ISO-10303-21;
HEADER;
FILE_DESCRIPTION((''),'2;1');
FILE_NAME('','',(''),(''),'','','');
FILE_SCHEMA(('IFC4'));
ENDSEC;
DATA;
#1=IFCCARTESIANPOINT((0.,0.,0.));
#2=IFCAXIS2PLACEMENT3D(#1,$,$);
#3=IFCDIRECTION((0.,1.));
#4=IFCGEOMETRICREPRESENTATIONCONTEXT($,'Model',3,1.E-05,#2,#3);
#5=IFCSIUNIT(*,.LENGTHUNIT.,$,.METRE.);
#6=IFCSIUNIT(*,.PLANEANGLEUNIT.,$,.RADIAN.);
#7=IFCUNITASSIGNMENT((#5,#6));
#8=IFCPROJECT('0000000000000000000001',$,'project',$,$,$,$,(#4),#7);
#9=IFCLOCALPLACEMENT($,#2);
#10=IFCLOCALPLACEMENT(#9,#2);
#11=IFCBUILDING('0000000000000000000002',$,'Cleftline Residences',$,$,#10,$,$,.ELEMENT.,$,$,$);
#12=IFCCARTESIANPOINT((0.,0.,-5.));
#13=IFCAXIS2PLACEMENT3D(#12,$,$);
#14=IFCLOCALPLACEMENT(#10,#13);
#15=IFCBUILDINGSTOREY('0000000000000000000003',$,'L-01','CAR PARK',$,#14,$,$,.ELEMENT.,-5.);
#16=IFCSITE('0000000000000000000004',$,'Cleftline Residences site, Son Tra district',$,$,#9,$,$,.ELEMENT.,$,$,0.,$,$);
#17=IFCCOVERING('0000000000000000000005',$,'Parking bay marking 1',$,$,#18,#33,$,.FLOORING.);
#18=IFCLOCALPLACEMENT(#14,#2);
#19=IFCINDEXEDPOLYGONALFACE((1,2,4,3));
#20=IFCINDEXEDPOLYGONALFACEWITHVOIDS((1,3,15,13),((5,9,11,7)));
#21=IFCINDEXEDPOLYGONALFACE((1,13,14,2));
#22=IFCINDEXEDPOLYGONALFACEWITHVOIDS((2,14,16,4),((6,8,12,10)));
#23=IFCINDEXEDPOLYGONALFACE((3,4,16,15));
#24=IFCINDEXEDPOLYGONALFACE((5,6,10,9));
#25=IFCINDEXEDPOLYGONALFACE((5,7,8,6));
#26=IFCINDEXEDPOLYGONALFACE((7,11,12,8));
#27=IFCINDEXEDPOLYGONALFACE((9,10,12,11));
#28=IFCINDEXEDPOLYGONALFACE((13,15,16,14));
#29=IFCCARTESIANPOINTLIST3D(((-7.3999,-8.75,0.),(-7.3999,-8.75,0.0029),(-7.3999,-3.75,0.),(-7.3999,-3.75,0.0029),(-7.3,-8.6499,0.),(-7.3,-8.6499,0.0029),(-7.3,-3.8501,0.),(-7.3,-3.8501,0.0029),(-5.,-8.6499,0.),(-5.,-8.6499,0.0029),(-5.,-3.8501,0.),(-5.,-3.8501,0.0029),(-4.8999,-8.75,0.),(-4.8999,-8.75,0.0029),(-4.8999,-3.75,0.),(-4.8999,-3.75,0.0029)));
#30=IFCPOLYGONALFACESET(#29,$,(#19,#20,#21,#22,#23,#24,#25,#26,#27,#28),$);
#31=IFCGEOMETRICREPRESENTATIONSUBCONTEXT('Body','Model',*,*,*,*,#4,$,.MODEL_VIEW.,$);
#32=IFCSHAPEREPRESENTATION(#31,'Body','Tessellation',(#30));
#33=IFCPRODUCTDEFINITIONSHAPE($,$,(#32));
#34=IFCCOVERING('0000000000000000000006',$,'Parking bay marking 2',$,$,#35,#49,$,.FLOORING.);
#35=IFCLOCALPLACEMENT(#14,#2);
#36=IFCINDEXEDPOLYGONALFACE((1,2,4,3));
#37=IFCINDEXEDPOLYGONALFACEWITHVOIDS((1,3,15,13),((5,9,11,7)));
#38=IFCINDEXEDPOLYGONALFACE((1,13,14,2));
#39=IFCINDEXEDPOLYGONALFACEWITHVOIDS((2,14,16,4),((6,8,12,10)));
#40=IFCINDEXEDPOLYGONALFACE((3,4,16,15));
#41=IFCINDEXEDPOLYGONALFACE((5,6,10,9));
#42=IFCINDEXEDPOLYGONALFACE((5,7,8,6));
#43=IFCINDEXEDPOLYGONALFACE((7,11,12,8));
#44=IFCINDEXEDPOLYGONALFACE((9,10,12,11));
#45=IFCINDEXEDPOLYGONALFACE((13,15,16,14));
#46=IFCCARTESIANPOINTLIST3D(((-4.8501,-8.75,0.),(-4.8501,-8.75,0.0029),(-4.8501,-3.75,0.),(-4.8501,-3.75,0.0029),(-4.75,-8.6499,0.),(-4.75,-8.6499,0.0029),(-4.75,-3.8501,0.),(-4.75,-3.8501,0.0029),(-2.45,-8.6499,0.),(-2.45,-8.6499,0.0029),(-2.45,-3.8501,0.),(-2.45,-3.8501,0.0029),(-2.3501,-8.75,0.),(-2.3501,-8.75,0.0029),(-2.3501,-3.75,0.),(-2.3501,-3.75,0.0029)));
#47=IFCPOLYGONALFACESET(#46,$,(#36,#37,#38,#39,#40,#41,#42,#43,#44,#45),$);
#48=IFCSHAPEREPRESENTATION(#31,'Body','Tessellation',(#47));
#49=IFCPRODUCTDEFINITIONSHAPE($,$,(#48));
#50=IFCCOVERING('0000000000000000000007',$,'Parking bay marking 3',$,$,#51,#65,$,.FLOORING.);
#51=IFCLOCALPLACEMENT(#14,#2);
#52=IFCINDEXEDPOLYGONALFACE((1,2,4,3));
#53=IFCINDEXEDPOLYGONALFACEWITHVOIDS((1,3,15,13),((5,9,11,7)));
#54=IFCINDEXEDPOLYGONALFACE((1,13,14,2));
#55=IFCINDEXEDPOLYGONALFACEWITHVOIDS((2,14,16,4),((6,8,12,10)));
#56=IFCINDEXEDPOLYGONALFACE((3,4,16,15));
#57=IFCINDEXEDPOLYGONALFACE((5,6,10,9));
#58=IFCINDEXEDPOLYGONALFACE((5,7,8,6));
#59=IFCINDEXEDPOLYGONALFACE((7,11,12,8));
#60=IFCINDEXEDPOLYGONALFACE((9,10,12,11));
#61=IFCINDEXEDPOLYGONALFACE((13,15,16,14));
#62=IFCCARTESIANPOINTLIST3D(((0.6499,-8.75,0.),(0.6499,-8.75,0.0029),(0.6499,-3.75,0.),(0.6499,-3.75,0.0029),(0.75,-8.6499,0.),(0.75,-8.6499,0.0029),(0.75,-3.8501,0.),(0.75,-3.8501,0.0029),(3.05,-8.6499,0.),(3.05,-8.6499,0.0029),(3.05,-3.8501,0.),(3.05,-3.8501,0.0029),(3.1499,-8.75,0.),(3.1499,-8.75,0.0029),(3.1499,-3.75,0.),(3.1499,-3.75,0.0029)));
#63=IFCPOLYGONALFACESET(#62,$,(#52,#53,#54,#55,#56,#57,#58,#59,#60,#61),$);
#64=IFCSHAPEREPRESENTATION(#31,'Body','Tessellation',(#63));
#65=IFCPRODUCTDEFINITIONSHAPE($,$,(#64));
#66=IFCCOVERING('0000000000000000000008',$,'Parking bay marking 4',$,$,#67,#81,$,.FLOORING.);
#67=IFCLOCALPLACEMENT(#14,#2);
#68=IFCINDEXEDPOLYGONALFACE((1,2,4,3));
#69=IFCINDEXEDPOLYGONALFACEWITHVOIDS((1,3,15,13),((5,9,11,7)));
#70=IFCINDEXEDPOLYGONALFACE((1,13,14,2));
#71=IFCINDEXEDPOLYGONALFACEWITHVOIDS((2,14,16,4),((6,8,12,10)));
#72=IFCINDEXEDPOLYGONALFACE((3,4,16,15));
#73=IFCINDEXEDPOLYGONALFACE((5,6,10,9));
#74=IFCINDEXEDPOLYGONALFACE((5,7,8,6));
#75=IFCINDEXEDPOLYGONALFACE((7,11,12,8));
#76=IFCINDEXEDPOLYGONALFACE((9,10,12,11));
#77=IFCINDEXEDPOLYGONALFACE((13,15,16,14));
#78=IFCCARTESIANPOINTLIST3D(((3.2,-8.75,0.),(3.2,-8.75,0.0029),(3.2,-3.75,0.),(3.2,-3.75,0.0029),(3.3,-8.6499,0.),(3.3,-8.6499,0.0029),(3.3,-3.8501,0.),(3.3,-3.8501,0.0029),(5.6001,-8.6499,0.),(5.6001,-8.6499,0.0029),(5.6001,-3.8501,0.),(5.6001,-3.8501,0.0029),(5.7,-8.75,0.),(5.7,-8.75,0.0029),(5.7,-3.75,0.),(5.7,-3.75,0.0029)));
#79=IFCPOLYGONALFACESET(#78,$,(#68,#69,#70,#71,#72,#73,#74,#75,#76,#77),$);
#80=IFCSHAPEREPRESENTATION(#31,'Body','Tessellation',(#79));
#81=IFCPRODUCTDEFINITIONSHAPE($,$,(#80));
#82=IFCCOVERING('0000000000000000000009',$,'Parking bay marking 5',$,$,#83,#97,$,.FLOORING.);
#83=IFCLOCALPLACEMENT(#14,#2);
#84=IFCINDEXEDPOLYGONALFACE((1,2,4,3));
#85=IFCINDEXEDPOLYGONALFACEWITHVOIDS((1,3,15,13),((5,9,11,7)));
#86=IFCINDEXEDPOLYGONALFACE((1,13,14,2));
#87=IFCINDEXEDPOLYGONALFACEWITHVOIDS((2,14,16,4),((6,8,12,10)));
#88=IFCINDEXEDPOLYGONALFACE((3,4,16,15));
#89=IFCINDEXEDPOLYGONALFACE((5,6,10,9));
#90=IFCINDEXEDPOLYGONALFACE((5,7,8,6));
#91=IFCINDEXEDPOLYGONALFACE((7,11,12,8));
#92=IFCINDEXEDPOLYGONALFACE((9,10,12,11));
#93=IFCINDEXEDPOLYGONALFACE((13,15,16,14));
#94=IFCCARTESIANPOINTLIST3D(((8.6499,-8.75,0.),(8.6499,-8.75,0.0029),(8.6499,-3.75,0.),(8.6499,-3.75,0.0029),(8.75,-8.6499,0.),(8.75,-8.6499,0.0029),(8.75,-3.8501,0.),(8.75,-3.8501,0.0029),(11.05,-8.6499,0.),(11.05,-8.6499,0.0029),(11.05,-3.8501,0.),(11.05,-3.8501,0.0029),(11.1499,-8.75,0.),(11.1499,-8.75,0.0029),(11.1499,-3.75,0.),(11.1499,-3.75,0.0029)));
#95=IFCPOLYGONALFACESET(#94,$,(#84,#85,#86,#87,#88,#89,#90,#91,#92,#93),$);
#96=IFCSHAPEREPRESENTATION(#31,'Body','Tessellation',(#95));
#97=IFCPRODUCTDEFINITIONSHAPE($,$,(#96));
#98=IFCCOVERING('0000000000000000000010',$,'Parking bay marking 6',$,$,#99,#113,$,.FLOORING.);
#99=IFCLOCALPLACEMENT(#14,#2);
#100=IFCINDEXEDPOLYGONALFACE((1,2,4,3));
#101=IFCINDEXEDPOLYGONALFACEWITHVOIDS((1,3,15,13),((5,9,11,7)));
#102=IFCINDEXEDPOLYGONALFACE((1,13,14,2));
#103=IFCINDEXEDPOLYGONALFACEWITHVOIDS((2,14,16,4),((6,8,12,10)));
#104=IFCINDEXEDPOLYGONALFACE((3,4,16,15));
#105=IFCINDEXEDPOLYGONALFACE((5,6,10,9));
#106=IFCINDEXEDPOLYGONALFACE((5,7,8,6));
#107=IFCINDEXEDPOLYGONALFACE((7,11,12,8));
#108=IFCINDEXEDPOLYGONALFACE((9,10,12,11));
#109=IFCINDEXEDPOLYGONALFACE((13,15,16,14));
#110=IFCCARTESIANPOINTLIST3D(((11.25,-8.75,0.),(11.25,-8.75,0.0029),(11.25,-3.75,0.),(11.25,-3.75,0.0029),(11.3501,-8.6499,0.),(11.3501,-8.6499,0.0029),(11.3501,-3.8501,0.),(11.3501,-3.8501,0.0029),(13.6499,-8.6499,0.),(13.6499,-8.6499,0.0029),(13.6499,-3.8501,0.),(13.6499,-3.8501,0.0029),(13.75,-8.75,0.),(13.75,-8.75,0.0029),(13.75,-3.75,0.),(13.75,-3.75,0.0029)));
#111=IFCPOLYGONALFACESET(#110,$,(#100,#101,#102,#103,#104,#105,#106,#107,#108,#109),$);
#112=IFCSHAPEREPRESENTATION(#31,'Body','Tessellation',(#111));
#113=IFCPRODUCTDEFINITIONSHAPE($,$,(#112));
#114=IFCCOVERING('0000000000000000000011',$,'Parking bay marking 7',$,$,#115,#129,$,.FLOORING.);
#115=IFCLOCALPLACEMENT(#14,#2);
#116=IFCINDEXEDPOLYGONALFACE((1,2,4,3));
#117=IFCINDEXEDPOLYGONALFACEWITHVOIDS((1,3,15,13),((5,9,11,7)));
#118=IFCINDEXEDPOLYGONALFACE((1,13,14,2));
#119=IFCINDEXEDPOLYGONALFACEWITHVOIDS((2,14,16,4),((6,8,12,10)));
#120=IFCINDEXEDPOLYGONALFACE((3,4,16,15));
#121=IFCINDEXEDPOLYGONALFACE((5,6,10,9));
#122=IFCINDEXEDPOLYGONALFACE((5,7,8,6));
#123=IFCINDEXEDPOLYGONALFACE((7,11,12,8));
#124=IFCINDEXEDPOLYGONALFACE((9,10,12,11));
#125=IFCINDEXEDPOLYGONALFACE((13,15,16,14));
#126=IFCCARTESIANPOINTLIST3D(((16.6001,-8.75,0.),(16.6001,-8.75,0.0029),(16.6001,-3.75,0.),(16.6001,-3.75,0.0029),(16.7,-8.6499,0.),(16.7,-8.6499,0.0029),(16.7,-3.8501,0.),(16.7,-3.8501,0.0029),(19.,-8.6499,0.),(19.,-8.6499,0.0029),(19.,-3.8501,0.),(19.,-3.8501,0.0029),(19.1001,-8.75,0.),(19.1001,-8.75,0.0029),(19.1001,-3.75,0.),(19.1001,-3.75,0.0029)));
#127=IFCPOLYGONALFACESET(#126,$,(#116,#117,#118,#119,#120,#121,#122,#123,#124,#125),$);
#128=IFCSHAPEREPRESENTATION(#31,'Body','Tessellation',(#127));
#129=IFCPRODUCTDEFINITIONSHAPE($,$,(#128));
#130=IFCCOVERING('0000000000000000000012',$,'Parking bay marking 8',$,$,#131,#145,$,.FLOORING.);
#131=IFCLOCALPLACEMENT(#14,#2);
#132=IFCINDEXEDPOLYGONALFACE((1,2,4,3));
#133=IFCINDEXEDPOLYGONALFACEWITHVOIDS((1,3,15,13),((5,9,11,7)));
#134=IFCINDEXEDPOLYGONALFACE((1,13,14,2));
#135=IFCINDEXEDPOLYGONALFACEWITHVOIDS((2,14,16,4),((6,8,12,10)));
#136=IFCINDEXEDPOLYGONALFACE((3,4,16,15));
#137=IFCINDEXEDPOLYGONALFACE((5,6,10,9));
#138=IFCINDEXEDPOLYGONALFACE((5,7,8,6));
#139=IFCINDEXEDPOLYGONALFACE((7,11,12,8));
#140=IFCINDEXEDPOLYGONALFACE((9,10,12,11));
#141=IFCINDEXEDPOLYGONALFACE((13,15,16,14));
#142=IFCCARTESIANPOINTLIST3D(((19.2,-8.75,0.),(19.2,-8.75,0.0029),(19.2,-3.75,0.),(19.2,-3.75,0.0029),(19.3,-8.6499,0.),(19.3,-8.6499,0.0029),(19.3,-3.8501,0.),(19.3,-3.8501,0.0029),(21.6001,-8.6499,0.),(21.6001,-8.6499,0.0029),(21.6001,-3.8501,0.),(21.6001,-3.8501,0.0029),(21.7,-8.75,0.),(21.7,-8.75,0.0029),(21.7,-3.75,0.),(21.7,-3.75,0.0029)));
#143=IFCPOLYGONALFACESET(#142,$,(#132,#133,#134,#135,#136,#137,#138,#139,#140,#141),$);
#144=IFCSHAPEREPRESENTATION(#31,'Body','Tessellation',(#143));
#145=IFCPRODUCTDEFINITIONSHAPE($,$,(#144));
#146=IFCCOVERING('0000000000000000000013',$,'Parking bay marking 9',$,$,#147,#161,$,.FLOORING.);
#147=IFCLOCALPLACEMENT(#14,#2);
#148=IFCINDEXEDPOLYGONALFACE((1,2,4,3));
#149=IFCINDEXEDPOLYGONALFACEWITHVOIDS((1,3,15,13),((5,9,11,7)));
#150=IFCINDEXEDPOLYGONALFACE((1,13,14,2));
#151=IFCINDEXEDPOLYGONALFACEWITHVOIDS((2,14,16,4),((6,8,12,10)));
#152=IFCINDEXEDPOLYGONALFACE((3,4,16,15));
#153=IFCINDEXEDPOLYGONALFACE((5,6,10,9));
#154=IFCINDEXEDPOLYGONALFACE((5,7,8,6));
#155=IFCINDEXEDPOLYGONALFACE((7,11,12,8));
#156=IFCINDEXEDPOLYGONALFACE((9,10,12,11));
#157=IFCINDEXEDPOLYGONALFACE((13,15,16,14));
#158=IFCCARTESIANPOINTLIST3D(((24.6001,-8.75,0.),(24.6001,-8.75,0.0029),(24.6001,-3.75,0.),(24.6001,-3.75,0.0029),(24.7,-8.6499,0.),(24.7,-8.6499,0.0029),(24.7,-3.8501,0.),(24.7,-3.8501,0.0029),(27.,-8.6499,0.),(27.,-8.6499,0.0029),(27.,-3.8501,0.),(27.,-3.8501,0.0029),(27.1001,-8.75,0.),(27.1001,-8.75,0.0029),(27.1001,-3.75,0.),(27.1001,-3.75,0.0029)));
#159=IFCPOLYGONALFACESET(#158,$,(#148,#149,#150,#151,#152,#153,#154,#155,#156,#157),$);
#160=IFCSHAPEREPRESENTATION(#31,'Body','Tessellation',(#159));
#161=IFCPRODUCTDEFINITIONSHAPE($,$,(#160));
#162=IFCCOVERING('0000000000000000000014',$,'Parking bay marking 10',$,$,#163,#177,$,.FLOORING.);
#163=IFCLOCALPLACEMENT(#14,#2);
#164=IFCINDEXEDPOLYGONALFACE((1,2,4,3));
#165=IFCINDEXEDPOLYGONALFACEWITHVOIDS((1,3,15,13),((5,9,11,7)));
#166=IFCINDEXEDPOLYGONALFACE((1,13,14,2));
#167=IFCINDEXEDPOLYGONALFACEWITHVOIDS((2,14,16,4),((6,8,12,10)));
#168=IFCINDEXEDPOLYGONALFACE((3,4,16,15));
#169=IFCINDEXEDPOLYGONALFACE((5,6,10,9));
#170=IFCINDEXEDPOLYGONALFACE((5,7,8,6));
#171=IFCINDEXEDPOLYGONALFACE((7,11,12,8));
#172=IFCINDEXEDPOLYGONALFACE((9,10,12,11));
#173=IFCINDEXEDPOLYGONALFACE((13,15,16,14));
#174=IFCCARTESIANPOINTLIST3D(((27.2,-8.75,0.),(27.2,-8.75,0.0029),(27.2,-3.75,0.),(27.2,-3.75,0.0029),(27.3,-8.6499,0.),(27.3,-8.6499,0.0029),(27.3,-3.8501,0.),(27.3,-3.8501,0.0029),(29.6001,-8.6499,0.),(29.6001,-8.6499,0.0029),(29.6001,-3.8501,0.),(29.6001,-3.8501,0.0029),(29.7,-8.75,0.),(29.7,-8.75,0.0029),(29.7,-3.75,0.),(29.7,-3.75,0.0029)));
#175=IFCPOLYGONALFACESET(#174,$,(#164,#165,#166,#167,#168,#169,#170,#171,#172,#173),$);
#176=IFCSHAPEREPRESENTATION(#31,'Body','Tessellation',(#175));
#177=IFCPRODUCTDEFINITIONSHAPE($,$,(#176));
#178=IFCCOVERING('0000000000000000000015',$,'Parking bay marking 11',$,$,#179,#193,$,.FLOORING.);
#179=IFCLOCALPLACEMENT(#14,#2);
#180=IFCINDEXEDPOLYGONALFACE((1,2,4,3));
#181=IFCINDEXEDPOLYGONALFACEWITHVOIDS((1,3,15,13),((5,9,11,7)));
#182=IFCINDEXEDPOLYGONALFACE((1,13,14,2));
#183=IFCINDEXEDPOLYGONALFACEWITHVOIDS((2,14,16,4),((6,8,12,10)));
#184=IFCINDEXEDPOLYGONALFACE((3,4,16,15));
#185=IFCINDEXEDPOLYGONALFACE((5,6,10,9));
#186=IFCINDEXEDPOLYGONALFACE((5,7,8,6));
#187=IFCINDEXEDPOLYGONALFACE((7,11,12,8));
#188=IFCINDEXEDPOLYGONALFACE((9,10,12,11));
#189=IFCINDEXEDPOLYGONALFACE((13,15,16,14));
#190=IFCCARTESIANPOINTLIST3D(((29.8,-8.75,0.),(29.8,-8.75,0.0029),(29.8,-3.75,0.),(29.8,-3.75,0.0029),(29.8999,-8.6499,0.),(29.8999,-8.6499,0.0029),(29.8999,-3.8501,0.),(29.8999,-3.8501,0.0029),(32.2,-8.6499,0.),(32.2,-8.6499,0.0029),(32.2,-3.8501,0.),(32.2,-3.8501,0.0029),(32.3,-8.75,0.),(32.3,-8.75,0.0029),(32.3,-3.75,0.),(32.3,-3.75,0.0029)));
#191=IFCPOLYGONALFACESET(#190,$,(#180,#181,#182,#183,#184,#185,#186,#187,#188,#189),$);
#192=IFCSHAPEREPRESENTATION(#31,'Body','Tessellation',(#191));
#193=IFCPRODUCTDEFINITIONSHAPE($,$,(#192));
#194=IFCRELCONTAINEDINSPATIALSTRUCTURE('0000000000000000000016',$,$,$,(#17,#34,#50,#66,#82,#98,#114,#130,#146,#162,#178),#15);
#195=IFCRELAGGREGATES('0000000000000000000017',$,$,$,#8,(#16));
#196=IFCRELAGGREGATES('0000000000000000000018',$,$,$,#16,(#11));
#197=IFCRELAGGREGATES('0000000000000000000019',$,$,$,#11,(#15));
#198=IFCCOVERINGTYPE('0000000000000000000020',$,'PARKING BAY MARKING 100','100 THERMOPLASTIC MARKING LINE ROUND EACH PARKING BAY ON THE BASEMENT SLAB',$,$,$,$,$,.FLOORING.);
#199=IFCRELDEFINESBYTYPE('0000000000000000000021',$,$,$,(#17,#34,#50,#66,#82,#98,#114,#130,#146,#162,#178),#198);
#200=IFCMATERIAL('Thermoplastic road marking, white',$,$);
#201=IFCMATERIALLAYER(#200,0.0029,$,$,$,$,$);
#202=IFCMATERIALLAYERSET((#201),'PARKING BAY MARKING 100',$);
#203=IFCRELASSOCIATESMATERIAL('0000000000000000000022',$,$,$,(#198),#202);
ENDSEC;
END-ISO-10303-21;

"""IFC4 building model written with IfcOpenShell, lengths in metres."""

from ifc_helpers import new_model, si_unit, direction, frame, origin, place, context, subcontext, project, spatial, polyline, outline, extrude, material, layer, layer_set, type_object, element, save


model = new_model("IFC4")

# Units and contexts
model_context = context("Model", 3, precision=1e-05, world=origin(), true_north=direction((0.0, 1.0)))
body_context = subcontext(model_context, "Body", "Model", "MODEL_VIEW")
ifc_project = project(units=[si_unit("LENGTHUNIT", "METRE"), si_unit("PLANEANGLEUNIT", "RADIAN")], contexts=[model_context])

# Site, building, storey
site_placement = place(None, origin())
site = spatial("IfcSite", under=ifc_project, at=site_placement, Name="Cleftline Residences site, Son Tra district", CompositionType="ELEMENT", RefElevation=0.0)
building_placement = place(site_placement, origin())
building = spatial("IfcBuilding", under=site, at=building_placement, Name="Cleftline Residences", CompositionType="ELEMENT")
storey_placement = place(building_placement, frame((0.0, 0.0, -5.0)))
storey = spatial("IfcBuildingStorey", under=building, at=storey_placement, Name="L-01", Description="CAR PARK", CompositionType="ELEMENT", Elevation=-5.0)

# Coverings
ifc_material_1 = material(Name="Thermoplastic road marking, white")
ifc_layer_1 = layer(ifc_material_1, 0.0029)
ifc_layer_set_1 = layer_set([ifc_layer_1], Name="PARKING BAY MARKING 100")
covering_type_1 = type_object("IfcCoveringType", Name="PARKING BAY MARKING 100", Description="100 THERMOPLASTIC MARKING LINE ROUND EACH PARKING BAY ON THE BASEMENT SLAB", PredefinedType="FLOORING", material=ifc_layer_set_1)
covering_1_placement = place(storey_placement, origin())
element("IfcCovering", 1, at=covering_1_placement, inside=storey, type_object=covering_type_1, Name="Parking bay marking 1", PredefinedType="FLOORING", context=body_context, shape_type="SweptSolid", body=[
    extrude(outline(polyline([(-4.8999, -8.75), (-4.8999, -3.75), (-7.3999, -3.75), (-7.3999, -8.75), (-4.8999, -8.75)]), holes=[polyline([(-5.0, -3.8501), (-7.3, -3.8501), (-7.3, -8.6499), (-5.0, -8.6499), (-5.0, -3.8501)])]), origin(), (0.0, 0.0, 1.0), 0.0029),
])
covering_2_placement = place(storey_placement, origin())
element("IfcCovering", 2, at=covering_2_placement, inside=storey, type_object=covering_type_1, Name="Parking bay marking 2", PredefinedType="FLOORING", context=body_context, shape_type="SweptSolid", body=[
    extrude(outline(polyline([(-2.3501, -8.75), (-2.3501, -3.75), (-4.8501, -3.75), (-4.8501, -8.75), (-2.3501, -8.75)]), holes=[polyline([(-2.45, -3.8501), (-4.75, -3.8501), (-4.75, -8.6499), (-2.45, -8.6499), (-2.45, -3.8501)])]), origin(), (0.0, 0.0, 1.0), 0.0029),
])
covering_3_placement = place(storey_placement, origin())
element("IfcCovering", 3, at=covering_3_placement, inside=storey, type_object=covering_type_1, Name="Parking bay marking 3", PredefinedType="FLOORING", context=body_context, shape_type="SweptSolid", body=[
    extrude(outline(polyline([(3.1499, -8.75), (3.1499, -3.75), (0.6499, -3.75), (0.6499, -8.75), (3.1499, -8.75)]), holes=[polyline([(3.05, -3.8501), (0.75, -3.8501), (0.75, -8.6499), (3.05, -8.6499), (3.05, -3.8501)])]), origin(), (0.0, 0.0, 1.0), 0.0029),
])
covering_4_placement = place(storey_placement, origin())
element("IfcCovering", 4, at=covering_4_placement, inside=storey, type_object=covering_type_1, Name="Parking bay marking 4", PredefinedType="FLOORING", context=body_context, shape_type="SweptSolid", body=[
    extrude(outline(polyline([(5.7, -8.75), (5.7, -3.75), (3.2, -3.75), (3.2, -8.75), (5.7, -8.75)]), holes=[polyline([(5.6001, -3.8501), (3.3, -3.8501), (3.3, -8.6499), (5.6001, -8.6499), (5.6001, -3.8501)])]), origin(), (0.0, 0.0, 1.0), 0.0029),
])
covering_5_placement = place(storey_placement, origin())
element("IfcCovering", 5, at=covering_5_placement, inside=storey, type_object=covering_type_1, Name="Parking bay marking 5", PredefinedType="FLOORING", context=body_context, shape_type="SweptSolid", body=[
    extrude(outline(polyline([(11.1499, -8.75), (11.1499, -3.75), (8.6499, -3.75), (8.6499, -8.75), (11.1499, -8.75)]), holes=[polyline([(11.05, -3.8501), (8.75, -3.8501), (8.75, -8.6499), (11.05, -8.6499), (11.05, -3.8501)])]), origin(), (0.0, 0.0, 1.0), 0.0029),
])
covering_6_placement = place(storey_placement, origin())
element("IfcCovering", 6, at=covering_6_placement, inside=storey, type_object=covering_type_1, Name="Parking bay marking 6", PredefinedType="FLOORING", context=body_context, shape_type="SweptSolid", body=[
    extrude(outline(polyline([(13.75, -8.75), (13.75, -3.75), (11.25, -3.75), (11.25, -8.75), (13.75, -8.75)]), holes=[polyline([(13.6499, -3.8501), (11.3501, -3.8501), (11.3501, -8.6499), (13.6499, -8.6499), (13.6499, -3.8501)])]), origin(), (0.0, 0.0, 1.0), 0.0029),
])
covering_7_placement = place(storey_placement, origin())
element("IfcCovering", 7, at=covering_7_placement, inside=storey, type_object=covering_type_1, Name="Parking bay marking 7", PredefinedType="FLOORING", context=body_context, shape_type="SweptSolid", body=[
    extrude(outline(polyline([(19.1001, -8.75), (19.1001, -3.75), (16.6001, -3.75), (16.6001, -8.75), (19.1001, -8.75)]), holes=[polyline([(19.0, -3.8501), (16.7, -3.8501), (16.7, -8.6499), (19.0, -8.6499), (19.0, -3.8501)])]), origin(), (0.0, 0.0, 1.0), 0.0029),
])
covering_8_placement = place(storey_placement, origin())
element("IfcCovering", 8, at=covering_8_placement, inside=storey, type_object=covering_type_1, Name="Parking bay marking 8", PredefinedType="FLOORING", context=body_context, shape_type="SweptSolid", body=[
    extrude(outline(polyline([(21.7, -8.75), (21.7, -3.75), (19.2, -3.75), (19.2, -8.75), (21.7, -8.75)]), holes=[polyline([(21.6001, -3.8501), (19.3, -3.8501), (19.3, -8.6499), (21.6001, -8.6499), (21.6001, -3.8501)])]), origin(), (0.0, 0.0, 1.0), 0.0029),
])
covering_9_placement = place(storey_placement, origin())
element("IfcCovering", 9, at=covering_9_placement, inside=storey, type_object=covering_type_1, Name="Parking bay marking 9", PredefinedType="FLOORING", context=body_context, shape_type="SweptSolid", body=[
    extrude(outline(polyline([(27.1001, -8.75), (27.1001, -3.75), (24.6001, -3.75), (24.6001, -8.75), (27.1001, -8.75)]), holes=[polyline([(27.0, -3.8501), (24.7, -3.8501), (24.7, -8.6499), (27.0, -8.6499), (27.0, -3.8501)])]), origin(), (0.0, 0.0, 1.0), 0.0029),
])
covering_10_placement = place(storey_placement, origin())
element("IfcCovering", 10, at=covering_10_placement, inside=storey, type_object=covering_type_1, Name="Parking bay marking 10", PredefinedType="FLOORING", context=body_context, shape_type="SweptSolid", body=[
    extrude(outline(polyline([(29.7, -8.75), (29.7, -3.75), (27.2, -3.75), (27.2, -8.75), (29.7, -8.75)]), holes=[polyline([(29.6001, -3.8501), (27.3, -3.8501), (27.3, -8.6499), (29.6001, -8.6499), (29.6001, -3.8501)])]), origin(), (0.0, 0.0, 1.0), 0.0029),
])
covering_11_placement = place(storey_placement, origin())
element("IfcCovering", 11, at=covering_11_placement, inside=storey, type_object=covering_type_1, Name="Parking bay marking 11", PredefinedType="FLOORING", context=body_context, shape_type="SweptSolid", body=[
    extrude(outline(polyline([(32.3, -8.75), (32.3, -3.75), (29.8, -3.75), (29.8, -8.75), (32.3, -8.75)]), holes=[polyline([(32.2, -3.8501), (29.8999, -3.8501), (29.8999, -8.6499), (32.2, -8.6499), (32.2, -3.8501)])]), origin(), (0.0, 0.0, 1.0), 0.0029),
])

save(model, "model.ifc")
